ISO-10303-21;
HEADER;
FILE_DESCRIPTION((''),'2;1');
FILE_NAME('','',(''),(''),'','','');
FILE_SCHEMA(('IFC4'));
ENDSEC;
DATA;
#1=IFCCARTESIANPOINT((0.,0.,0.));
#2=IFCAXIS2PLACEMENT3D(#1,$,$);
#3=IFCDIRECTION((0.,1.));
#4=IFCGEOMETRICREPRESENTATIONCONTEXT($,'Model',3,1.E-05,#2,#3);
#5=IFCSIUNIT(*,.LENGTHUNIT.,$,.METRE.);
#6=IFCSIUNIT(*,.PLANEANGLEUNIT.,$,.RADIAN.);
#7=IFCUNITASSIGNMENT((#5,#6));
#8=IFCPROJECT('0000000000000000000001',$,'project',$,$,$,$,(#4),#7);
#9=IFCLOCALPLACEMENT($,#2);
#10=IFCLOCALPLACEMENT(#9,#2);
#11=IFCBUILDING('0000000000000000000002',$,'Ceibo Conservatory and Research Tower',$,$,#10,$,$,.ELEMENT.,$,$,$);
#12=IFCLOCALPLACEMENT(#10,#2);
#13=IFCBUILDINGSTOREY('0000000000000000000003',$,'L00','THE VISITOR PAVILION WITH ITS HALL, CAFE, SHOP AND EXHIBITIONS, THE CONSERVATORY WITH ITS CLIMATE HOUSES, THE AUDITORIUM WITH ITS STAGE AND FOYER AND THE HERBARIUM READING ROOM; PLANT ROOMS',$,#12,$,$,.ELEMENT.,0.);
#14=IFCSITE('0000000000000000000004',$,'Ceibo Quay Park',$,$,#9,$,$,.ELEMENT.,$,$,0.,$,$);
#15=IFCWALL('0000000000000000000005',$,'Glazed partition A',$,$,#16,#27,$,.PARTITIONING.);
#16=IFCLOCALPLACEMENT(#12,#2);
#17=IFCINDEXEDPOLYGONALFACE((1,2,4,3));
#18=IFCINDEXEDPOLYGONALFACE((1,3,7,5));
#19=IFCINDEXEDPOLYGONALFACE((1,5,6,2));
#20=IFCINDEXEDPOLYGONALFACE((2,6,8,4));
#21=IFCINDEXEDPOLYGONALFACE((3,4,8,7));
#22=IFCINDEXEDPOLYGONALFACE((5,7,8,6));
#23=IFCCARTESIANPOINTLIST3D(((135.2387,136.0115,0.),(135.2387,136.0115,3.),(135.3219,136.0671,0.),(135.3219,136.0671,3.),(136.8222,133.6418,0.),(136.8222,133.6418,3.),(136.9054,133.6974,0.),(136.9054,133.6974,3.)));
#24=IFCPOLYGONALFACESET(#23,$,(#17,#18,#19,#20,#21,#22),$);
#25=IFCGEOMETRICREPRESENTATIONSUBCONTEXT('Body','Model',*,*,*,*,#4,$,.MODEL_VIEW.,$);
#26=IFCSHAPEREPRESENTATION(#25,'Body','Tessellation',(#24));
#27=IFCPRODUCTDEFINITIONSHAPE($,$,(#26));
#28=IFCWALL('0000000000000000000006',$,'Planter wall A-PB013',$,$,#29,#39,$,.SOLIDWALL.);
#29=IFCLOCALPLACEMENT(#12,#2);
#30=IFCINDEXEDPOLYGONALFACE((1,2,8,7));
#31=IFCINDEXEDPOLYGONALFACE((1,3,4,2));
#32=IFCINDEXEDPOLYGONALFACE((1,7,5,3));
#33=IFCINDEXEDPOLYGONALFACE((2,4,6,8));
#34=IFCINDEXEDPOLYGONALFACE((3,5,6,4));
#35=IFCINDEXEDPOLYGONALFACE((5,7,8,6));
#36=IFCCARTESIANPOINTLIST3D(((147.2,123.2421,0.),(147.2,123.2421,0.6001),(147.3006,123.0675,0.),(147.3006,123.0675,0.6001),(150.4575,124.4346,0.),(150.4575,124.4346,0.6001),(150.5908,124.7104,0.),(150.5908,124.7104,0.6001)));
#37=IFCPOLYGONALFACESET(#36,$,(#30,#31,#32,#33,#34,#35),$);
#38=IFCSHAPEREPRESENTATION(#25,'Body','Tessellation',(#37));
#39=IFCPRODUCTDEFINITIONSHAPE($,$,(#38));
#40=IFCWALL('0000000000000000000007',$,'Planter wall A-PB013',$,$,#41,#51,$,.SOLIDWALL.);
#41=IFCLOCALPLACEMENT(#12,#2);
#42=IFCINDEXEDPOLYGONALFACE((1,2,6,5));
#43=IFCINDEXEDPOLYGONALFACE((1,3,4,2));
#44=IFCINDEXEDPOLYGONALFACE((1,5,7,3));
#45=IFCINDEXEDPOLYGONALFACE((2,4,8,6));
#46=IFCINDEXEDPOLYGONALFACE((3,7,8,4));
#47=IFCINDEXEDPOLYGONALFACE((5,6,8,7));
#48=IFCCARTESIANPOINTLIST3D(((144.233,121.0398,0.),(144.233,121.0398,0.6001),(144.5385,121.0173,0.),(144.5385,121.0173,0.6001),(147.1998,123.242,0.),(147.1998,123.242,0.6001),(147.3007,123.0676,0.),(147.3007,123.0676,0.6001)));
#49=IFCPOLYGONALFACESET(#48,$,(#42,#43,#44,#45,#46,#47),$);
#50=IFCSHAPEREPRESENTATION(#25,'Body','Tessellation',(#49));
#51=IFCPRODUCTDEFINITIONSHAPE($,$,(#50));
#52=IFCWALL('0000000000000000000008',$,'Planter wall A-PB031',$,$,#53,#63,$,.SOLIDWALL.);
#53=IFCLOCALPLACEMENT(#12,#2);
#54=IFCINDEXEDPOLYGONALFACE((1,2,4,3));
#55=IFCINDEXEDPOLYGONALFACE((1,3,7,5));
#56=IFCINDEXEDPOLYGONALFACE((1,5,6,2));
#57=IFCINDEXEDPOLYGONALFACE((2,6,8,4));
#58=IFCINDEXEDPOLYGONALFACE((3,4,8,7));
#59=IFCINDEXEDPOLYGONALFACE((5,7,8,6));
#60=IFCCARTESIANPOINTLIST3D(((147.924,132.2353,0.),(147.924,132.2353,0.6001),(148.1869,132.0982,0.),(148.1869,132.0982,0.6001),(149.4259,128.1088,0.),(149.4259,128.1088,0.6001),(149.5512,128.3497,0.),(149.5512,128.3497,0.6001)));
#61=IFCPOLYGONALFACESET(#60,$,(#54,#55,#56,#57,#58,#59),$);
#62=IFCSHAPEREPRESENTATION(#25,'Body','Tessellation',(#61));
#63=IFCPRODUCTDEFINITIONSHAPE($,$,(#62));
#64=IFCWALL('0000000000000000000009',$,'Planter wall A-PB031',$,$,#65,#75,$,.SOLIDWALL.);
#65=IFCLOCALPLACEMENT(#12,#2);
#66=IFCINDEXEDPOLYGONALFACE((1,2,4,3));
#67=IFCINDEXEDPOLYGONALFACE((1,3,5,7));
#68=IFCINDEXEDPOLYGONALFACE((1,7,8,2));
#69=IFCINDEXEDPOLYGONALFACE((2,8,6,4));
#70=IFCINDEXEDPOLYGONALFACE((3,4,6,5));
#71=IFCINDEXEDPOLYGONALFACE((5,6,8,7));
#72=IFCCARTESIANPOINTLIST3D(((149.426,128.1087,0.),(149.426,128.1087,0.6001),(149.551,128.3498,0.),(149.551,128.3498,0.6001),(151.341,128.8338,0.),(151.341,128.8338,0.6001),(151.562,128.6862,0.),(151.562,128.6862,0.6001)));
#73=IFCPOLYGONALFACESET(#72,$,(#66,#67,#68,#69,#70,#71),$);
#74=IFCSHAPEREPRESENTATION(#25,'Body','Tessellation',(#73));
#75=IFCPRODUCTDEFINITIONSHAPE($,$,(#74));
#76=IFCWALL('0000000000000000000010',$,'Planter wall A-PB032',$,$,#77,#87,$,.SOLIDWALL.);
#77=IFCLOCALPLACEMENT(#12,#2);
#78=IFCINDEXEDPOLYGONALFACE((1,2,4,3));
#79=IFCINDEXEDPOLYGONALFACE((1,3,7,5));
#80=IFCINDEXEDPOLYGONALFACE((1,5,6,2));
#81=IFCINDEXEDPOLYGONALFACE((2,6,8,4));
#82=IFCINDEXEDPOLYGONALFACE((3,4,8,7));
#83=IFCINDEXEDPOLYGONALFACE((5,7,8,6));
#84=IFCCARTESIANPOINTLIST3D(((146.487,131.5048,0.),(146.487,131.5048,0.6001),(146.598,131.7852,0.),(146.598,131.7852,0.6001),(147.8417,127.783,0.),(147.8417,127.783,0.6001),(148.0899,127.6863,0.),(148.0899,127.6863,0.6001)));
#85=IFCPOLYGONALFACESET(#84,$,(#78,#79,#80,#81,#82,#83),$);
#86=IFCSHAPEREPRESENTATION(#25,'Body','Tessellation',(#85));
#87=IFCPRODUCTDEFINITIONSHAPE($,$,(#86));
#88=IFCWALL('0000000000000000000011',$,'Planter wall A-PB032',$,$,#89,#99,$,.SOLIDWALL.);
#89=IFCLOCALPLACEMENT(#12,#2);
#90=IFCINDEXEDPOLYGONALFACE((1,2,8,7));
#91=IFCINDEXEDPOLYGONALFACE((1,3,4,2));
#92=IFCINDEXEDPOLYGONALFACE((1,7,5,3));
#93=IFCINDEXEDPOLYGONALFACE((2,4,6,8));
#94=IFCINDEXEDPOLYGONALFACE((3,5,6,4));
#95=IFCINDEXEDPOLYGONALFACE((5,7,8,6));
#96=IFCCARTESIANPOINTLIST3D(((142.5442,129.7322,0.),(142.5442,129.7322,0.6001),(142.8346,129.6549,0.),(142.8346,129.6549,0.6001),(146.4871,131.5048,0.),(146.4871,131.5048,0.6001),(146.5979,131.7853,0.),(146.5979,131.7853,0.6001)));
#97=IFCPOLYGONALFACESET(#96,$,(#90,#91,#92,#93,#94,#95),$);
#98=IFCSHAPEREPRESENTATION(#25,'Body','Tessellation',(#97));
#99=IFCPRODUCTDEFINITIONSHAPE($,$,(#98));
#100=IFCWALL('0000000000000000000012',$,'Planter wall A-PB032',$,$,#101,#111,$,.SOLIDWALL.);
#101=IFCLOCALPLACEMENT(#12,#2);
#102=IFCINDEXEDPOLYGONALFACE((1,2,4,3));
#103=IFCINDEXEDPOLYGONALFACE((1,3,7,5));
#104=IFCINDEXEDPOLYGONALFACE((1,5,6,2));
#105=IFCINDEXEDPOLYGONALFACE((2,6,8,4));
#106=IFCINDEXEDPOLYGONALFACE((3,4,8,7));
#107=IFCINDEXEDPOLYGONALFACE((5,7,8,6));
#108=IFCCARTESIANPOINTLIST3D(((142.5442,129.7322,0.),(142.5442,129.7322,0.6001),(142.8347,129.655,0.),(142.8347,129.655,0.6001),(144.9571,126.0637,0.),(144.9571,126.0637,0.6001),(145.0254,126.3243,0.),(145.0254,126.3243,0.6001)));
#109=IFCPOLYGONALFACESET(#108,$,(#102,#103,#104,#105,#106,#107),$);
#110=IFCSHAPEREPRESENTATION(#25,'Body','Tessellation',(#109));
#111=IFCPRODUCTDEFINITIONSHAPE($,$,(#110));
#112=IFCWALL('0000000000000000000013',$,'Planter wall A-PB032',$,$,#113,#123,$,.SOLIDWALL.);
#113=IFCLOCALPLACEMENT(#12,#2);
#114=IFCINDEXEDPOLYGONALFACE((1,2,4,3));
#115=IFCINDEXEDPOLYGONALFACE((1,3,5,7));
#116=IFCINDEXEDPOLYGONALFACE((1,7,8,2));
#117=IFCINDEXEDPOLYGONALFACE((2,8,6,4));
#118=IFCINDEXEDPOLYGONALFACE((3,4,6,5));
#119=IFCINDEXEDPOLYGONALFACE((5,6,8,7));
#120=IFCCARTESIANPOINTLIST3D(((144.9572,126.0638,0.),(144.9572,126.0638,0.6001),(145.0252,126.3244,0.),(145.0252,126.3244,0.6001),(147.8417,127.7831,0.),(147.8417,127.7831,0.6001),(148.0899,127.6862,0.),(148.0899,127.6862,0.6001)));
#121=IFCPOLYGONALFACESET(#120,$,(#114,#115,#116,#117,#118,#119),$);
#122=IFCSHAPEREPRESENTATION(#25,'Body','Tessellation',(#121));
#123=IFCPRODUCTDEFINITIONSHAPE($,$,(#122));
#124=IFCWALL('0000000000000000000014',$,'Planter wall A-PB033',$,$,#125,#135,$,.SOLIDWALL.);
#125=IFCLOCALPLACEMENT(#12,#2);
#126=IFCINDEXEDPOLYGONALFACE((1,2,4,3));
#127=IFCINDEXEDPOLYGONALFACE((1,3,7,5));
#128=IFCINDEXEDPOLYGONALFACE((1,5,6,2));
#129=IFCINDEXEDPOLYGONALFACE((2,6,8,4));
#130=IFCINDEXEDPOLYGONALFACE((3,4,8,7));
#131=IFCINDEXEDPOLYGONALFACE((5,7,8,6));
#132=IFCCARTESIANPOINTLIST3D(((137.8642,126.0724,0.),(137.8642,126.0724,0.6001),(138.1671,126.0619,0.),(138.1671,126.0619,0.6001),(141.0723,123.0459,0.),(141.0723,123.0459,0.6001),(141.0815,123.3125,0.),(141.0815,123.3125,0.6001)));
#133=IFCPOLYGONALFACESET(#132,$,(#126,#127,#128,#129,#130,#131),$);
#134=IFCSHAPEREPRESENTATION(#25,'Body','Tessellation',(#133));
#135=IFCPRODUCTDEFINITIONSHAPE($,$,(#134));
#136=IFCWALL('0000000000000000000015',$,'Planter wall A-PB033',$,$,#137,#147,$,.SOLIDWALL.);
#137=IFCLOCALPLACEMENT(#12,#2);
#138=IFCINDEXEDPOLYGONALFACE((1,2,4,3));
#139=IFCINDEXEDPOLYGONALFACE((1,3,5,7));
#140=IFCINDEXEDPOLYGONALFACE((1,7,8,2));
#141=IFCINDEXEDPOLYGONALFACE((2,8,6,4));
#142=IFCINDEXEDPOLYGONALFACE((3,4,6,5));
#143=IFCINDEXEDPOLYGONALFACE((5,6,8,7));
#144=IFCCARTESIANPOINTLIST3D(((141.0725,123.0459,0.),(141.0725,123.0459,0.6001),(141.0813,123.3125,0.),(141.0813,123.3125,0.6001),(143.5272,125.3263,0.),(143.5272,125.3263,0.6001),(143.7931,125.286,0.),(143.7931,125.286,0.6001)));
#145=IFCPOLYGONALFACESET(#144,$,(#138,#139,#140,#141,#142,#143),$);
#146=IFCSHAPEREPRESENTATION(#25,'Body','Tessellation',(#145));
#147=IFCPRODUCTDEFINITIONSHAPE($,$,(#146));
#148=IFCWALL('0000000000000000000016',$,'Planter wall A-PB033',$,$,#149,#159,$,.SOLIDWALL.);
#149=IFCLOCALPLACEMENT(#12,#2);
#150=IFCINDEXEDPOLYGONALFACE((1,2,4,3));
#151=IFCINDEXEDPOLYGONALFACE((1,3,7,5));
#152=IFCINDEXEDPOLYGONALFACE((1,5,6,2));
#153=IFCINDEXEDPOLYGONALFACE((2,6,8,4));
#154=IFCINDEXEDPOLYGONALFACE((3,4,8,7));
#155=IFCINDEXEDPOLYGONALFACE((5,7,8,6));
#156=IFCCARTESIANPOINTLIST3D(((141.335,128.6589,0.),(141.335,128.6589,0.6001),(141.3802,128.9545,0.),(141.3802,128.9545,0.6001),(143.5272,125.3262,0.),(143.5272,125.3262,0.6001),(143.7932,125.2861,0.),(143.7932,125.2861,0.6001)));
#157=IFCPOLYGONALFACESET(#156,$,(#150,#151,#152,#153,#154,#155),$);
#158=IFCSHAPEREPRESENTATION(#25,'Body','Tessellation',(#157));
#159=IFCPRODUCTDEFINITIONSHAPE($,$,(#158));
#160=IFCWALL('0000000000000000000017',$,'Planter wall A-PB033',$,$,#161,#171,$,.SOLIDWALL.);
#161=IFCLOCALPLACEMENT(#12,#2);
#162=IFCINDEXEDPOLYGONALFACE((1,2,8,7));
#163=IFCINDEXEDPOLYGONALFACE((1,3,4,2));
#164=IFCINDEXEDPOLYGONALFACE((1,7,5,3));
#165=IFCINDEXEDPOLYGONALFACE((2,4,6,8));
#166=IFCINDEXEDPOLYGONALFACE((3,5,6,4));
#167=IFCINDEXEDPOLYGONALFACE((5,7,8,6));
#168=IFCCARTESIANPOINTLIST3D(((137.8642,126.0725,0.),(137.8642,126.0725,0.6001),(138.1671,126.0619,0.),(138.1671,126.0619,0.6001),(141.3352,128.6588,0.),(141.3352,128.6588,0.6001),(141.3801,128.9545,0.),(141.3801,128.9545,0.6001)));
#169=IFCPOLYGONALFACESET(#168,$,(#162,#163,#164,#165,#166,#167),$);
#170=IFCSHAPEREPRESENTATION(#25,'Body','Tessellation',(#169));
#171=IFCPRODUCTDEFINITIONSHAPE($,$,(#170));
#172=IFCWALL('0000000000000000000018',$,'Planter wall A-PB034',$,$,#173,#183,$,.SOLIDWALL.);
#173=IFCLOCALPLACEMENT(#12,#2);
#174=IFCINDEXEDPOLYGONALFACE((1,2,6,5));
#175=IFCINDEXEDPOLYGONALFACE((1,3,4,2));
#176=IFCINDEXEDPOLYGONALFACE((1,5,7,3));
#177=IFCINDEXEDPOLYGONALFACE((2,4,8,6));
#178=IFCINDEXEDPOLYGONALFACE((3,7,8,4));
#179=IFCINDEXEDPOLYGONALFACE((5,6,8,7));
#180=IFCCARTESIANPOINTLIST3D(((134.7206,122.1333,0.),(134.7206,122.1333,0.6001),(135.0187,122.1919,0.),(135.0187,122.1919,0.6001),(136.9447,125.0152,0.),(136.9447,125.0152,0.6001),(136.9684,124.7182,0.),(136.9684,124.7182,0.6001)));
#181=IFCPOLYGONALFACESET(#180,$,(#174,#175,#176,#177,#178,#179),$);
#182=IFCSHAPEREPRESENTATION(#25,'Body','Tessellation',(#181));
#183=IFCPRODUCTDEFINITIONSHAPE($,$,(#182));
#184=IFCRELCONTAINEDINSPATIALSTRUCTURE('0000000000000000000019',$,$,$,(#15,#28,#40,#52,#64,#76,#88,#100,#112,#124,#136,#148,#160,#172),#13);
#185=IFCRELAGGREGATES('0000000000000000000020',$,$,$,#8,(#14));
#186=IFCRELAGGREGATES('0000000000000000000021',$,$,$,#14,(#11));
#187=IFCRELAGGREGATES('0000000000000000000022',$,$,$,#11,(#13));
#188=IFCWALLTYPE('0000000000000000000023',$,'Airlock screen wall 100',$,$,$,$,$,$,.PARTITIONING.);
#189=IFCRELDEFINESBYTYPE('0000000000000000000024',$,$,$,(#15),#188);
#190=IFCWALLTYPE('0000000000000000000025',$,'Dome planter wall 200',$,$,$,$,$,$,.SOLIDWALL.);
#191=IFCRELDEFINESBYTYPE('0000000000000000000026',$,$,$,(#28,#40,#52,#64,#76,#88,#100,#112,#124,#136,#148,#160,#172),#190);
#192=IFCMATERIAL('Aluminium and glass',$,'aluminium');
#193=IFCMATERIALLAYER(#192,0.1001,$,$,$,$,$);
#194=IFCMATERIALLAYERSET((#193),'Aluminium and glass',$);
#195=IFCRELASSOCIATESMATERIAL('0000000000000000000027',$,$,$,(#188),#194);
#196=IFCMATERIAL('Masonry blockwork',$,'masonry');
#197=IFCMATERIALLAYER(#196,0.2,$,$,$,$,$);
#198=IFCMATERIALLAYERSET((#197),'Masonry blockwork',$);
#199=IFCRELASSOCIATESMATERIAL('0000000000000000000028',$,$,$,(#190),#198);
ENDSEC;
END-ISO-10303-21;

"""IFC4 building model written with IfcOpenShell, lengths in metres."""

from ifc_helpers import new_model, si_unit, direction, frame, frame_2d, origin, place, context, subcontext, project, spatial, polyline, rectangle, outline, extrude, material, layer, layer_set, type_object, element, save


model = new_model("IFC4")

# Units and contexts
model_context = context("Model", 3, precision=1e-05, world=origin(), true_north=direction((0.0, 1.0)))
body_context = subcontext(model_context, "Body", "Model", "MODEL_VIEW")
ifc_project = project(units=[si_unit("LENGTHUNIT", "METRE"), si_unit("PLANEANGLEUNIT", "RADIAN")], contexts=[model_context])

# Site, building, storey
site_placement = place(None, origin())
site = spatial("IfcSite", under=ifc_project, at=site_placement, Name="Ceibo Quay Park", CompositionType="ELEMENT", RefElevation=0.0)
building_placement = place(site_placement, origin())
building = spatial("IfcBuilding", under=site, at=building_placement, Name="Ceibo Conservatory and Research Tower", CompositionType="ELEMENT")
storey_placement = place(building_placement, origin())
storey = spatial("IfcBuildingStorey", under=building, at=storey_placement, Name="L00", Description="THE VISITOR PAVILION WITH ITS HALL, CAFE, SHOP AND EXHIBITIONS, THE CONSERVATORY WITH ITS CLIMATE HOUSES, THE AUDITORIUM WITH ITS STAGE AND FOYER AND THE HERBARIUM READING ROOM; PLANT ROOMS", CompositionType="ELEMENT", Elevation=0.0)

# Shared definitions
ifc_material_1 = material(Name="Aluminium and glass", Category="aluminium")
ifc_layer_1 = layer(ifc_material_1, 0.1001)
ifc_layer_set_1 = layer_set([ifc_layer_1], Name="Aluminium and glass")
wall_type_1 = type_object("IfcWallType", Name="Airlock screen wall 100", PredefinedType="PARTITIONING", material=ifc_layer_set_1)

# Wall
wall_1_placement = place(storey_placement, frame((135.2803, 136.0393, 0.0), z_axis=(0.0, 0.0, 1.0), x_axis=(0.555609, -0.831444, 0.0)))
element("IfcWall", 1, at=wall_1_placement, inside=storey, type_object=wall_type_1, Name="Glazed partition A", PredefinedType="PARTITIONING", context=body_context, shape_type="SweptSolid", body=[
    extrude(rectangle(XDim=2.8501, YDim=0.1001, at=frame_2d((1.425, 0.0))), origin(), (0.0, 0.0, 1.0), 3.0),
])

# Walls
ifc_material_2 = material(Name="Masonry blockwork", Category="masonry")
ifc_layer_2 = layer(ifc_material_2, 0.2)
ifc_layer_set_2 = layer_set([ifc_layer_2], Name="Masonry blockwork")
wall_type_2 = type_object("IfcWallType", Name="Dome planter wall 200", PredefinedType="SOLIDWALL", material=ifc_layer_set_2)
wall_2_placement = place(storey_placement, frame((150.5242, 124.5725, 0.0), z_axis=(0.0, 0.0, 1.0), x_axis=(-0.917655, -0.397377, 0.0)))
element("IfcWall", 2, at=wall_2_placement, inside=storey, type_object=wall_type_2, Name="Planter wall A-PB013", PredefinedType="SOLIDWALL", context=body_context, shape_type="SweptSolid", body=[
    extrude(outline(polyline([(-0.116, -0.1001), (3.5791, -0.1001), (3.5562, 0.1001), (0.116, 0.1001), (-0.116, -0.1001)])), origin(), (0.0, 0.0, 1.0), 0.6001),
])
wall_3_placement = place(storey_placement, frame((147.2502, 123.1548, 0.0), z_axis=(0.0, 0.0, 1.0), x_axis=(-0.802971, -0.596018, 0.0)))
element("IfcWall", 3, at=wall_3_placement, inside=storey, type_object=wall_type_2, Name="Planter wall A-PB013", PredefinedType="SOLIDWALL", context=body_context, shape_type="SweptSolid", body=[
    extrude(outline(polyline([(-0.0115, -0.1001), (3.6833, -0.1001), (3.4514, 0.1001), (0.0115, 0.1001), (-0.0115, -0.1001)])), origin(), (0.0, 0.0, 1.0), 0.6001),
])
wall_4_placement = place(storey_placement, frame((148.0554, 132.1667, 0.0), z_axis=(0.0, 0.0, 1.0), x_axis=(0.342014, -0.939695, 0.0)))
element("IfcWall", 4, at=wall_4_placement, inside=storey, type_object=wall_type_2, Name="Planter wall A-PB031", PredefinedType="SOLIDWALL", context=body_context, shape_type="SweptSolid", body=[
    extrude(outline(polyline([(-0.1094, -0.1001), (4.282, -0.1001), (4.0984, 0.1001), (0.1094, 0.1001), (-0.1094, -0.1001)])), origin(), (0.0, 0.0, 1.0), 0.6001),
])
wall_5_placement = place(storey_placement, frame((149.4885, 128.2292, 0.0), z_axis=(0.0, 0.0, 1.0), x_axis=(0.965332, 0.261024, 0.0)))
element("IfcWall", 5, at=wall_5_placement, inside=storey, type_object=wall_type_2, Name="Planter wall A-PB031", PredefinedType="SOLIDWALL", context=body_context, shape_type="SweptSolid", body=[
    extrude(outline(polyline([(-0.0918, -0.1001), (2.1208, -0.1001), (1.946, 0.1001), (0.0918, 0.1001), (-0.0918, -0.1001)])), origin(), (0.0, 0.0, 1.0), 0.6001),
])
wall_6_placement = place(storey_placement, frame((147.9658, 127.7346, 0.0), z_axis=(0.0, 0.0, 1.0), x_axis=(-0.342035, 0.939687, 0.0)))
element("IfcWall", 6, at=wall_6_placement, inside=storey, type_object=wall_type_2, Name="Planter wall A-PB032", PredefinedType="SOLIDWALL", context=body_context, shape_type="SweptSolid", body=[
    extrude(outline(polyline([(-0.0879, -0.1001), (4.2742, -0.1001), (4.0486, 0.1001), (0.0879, 0.1001), (-0.0879, -0.1001)])), origin(), (0.0, 0.0, 1.0), 0.6001),
])
wall_7_placement = place(storey_placement, frame((146.5425, 131.645, 0.0), z_axis=(0.0, 0.0, 1.0), x_axis=(-0.892109, -0.45182, 0.0)))
element("IfcWall", 7, at=wall_7_placement, inside=storey, type_object=wall_type_2, Name="Planter wall A-PB032", PredefinedType="SOLIDWALL", context=body_context, shape_type="SweptSolid", body=[
    extrude(outline(polyline([(-0.1128, -0.1001), (4.4312, -0.1001), (4.207, 0.1001), (0.1128, 0.1001), (-0.1128, -0.1001)])), origin(), (0.0, 0.0, 1.0), 0.6001),
])
wall_8_placement = place(storey_placement, frame((142.6895, 129.6936, 0.0), z_axis=(0.0, 0.0, 1.0), x_axis=(0.549524, -0.835478, 0.0)))
element("IfcWall", 8, at=wall_8_placement, inside=storey, type_object=wall_type_2, Name="Planter wall A-PB032", PredefinedType="SOLIDWALL", context=body_context, shape_type="SweptSolid", body=[
    extrude(outline(polyline([(-0.1121, -0.1001), (4.2788, -0.1001), (4.0986, 0.1001), (0.1121, 0.1001), (-0.1121, -0.1001)])), origin(), (0.0, 0.0, 1.0), 0.6001),
])
wall_9_placement = place(storey_placement, frame((144.9912, 126.1941, 0.0), z_axis=(0.0, 0.0, 1.0), x_axis=(0.887982, 0.459879, 0.0)))
element("IfcWall", 9, at=wall_9_placement, inside=storey, type_object=wall_type_2, Name="Planter wall A-PB032", PredefinedType="SOLIDWALL", context=body_context, shape_type="SweptSolid", body=[
    extrude(outline(polyline([(-0.0901, -0.1001), (3.4377, -0.1001), (3.262, 0.1001), (0.0901, 0.1001), (-0.0901, -0.1001)])), origin(), (0.0, 0.0, 1.0), 0.6001),
])
wall_10_placement = place(storey_placement, frame((138.0156, 126.0671, 0.0), z_axis=(0.0, 0.0, 1.0), x_axis=(0.727401, -0.686213, 0.0)))
element("IfcWall", 10, at=wall_10_placement, inside=storey, type_object=wall_type_2, Name="Planter wall A-PB033", PredefinedType="SOLIDWALL", context=body_context, shape_type="SweptSolid", body=[
    extrude(outline(polyline([(-0.1138, -0.1001), (4.2966, -0.1001), (4.1204, 0.1001), (0.1138, 0.1001), (-0.1138, -0.1001)])), origin(), (0.0, 0.0, 1.0), 0.6001),
])
wall_11_placement = place(storey_placement, frame((141.0769, 123.1792, 0.0), z_axis=(0.0, 0.0, 1.0), x_axis=(0.771993, 0.635631, 0.0)))
element("IfcWall", 11, at=wall_11_placement, inside=storey, type_object=wall_type_2, Name="Planter wall A-PB033", PredefinedType="SOLIDWALL", context=body_context, shape_type="SweptSolid", body=[
    extrude(outline(polyline([(-0.0881, -0.1001), (3.436, -0.1001), (3.2563, 0.1001), (0.0881, 0.1001), (-0.0881, -0.1001)])), origin(), (0.0, 0.0, 1.0), 0.6001),
])
wall_12_placement = place(storey_placement, frame((143.6602, 125.3062, 0.0), z_axis=(0.0, 0.0, 1.0), x_axis=(-0.549539, 0.835468, 0.0)))
element("IfcWall", 12, at=wall_12_placement, inside=storey, type_object=wall_type_2, Name="Planter wall A-PB033", PredefinedType="SOLIDWALL", context=body_context, shape_type="SweptSolid", body=[
    extrude(outline(polyline([(-0.0898, -0.1001), (4.301, -0.1001), (4.0789, 0.1001), (0.0898, 0.1001), (-0.0898, -0.1001)])), origin(), (0.0, 0.0, 1.0), 0.6001),
])
wall_13_placement = place(storey_placement, frame((141.3577, 128.8066, 0.0), z_axis=(0.0, 0.0, 1.0), x_axis=(-0.773378, -0.633945, 0.0)))
element("IfcWall", 13, at=wall_13_placement, inside=storey, type_object=wall_type_2, Name="Planter wall A-PB033", PredefinedType="SOLIDWALL", context=body_context, shape_type="SweptSolid", body=[
    extrude(outline(polyline([(-0.1111, -0.1001), (4.4351, -0.1001), (4.2075, 0.1001), (0.1111, 0.1001), (-0.1111, -0.1001)])), origin(), (0.0, 0.0, 1.0), 0.6001),
])
wall_14_placement = place(storey_placement, frame((136.9565, 124.8667, 0.0), z_axis=(0.0, 0.0, 1.0), x_axis=(-0.610967, -0.791656, 0.0)))
element("IfcWall", 14, at=wall_14_placement, inside=storey, type_object=wall_type_2, Name="Planter wall A-PB034", PredefinedType="SOLIDWALL", context=body_context, shape_type="SweptSolid", body=[
    extrude(outline(polyline([(-0.1104, -0.1001), (3.53, -0.1001), (3.3015, 0.1001), (0.1104, 0.1001), (-0.1104, -0.1001)])), origin(), (0.0, 0.0, 1.0), 0.6001),
])

save(model, "model.ifc")
